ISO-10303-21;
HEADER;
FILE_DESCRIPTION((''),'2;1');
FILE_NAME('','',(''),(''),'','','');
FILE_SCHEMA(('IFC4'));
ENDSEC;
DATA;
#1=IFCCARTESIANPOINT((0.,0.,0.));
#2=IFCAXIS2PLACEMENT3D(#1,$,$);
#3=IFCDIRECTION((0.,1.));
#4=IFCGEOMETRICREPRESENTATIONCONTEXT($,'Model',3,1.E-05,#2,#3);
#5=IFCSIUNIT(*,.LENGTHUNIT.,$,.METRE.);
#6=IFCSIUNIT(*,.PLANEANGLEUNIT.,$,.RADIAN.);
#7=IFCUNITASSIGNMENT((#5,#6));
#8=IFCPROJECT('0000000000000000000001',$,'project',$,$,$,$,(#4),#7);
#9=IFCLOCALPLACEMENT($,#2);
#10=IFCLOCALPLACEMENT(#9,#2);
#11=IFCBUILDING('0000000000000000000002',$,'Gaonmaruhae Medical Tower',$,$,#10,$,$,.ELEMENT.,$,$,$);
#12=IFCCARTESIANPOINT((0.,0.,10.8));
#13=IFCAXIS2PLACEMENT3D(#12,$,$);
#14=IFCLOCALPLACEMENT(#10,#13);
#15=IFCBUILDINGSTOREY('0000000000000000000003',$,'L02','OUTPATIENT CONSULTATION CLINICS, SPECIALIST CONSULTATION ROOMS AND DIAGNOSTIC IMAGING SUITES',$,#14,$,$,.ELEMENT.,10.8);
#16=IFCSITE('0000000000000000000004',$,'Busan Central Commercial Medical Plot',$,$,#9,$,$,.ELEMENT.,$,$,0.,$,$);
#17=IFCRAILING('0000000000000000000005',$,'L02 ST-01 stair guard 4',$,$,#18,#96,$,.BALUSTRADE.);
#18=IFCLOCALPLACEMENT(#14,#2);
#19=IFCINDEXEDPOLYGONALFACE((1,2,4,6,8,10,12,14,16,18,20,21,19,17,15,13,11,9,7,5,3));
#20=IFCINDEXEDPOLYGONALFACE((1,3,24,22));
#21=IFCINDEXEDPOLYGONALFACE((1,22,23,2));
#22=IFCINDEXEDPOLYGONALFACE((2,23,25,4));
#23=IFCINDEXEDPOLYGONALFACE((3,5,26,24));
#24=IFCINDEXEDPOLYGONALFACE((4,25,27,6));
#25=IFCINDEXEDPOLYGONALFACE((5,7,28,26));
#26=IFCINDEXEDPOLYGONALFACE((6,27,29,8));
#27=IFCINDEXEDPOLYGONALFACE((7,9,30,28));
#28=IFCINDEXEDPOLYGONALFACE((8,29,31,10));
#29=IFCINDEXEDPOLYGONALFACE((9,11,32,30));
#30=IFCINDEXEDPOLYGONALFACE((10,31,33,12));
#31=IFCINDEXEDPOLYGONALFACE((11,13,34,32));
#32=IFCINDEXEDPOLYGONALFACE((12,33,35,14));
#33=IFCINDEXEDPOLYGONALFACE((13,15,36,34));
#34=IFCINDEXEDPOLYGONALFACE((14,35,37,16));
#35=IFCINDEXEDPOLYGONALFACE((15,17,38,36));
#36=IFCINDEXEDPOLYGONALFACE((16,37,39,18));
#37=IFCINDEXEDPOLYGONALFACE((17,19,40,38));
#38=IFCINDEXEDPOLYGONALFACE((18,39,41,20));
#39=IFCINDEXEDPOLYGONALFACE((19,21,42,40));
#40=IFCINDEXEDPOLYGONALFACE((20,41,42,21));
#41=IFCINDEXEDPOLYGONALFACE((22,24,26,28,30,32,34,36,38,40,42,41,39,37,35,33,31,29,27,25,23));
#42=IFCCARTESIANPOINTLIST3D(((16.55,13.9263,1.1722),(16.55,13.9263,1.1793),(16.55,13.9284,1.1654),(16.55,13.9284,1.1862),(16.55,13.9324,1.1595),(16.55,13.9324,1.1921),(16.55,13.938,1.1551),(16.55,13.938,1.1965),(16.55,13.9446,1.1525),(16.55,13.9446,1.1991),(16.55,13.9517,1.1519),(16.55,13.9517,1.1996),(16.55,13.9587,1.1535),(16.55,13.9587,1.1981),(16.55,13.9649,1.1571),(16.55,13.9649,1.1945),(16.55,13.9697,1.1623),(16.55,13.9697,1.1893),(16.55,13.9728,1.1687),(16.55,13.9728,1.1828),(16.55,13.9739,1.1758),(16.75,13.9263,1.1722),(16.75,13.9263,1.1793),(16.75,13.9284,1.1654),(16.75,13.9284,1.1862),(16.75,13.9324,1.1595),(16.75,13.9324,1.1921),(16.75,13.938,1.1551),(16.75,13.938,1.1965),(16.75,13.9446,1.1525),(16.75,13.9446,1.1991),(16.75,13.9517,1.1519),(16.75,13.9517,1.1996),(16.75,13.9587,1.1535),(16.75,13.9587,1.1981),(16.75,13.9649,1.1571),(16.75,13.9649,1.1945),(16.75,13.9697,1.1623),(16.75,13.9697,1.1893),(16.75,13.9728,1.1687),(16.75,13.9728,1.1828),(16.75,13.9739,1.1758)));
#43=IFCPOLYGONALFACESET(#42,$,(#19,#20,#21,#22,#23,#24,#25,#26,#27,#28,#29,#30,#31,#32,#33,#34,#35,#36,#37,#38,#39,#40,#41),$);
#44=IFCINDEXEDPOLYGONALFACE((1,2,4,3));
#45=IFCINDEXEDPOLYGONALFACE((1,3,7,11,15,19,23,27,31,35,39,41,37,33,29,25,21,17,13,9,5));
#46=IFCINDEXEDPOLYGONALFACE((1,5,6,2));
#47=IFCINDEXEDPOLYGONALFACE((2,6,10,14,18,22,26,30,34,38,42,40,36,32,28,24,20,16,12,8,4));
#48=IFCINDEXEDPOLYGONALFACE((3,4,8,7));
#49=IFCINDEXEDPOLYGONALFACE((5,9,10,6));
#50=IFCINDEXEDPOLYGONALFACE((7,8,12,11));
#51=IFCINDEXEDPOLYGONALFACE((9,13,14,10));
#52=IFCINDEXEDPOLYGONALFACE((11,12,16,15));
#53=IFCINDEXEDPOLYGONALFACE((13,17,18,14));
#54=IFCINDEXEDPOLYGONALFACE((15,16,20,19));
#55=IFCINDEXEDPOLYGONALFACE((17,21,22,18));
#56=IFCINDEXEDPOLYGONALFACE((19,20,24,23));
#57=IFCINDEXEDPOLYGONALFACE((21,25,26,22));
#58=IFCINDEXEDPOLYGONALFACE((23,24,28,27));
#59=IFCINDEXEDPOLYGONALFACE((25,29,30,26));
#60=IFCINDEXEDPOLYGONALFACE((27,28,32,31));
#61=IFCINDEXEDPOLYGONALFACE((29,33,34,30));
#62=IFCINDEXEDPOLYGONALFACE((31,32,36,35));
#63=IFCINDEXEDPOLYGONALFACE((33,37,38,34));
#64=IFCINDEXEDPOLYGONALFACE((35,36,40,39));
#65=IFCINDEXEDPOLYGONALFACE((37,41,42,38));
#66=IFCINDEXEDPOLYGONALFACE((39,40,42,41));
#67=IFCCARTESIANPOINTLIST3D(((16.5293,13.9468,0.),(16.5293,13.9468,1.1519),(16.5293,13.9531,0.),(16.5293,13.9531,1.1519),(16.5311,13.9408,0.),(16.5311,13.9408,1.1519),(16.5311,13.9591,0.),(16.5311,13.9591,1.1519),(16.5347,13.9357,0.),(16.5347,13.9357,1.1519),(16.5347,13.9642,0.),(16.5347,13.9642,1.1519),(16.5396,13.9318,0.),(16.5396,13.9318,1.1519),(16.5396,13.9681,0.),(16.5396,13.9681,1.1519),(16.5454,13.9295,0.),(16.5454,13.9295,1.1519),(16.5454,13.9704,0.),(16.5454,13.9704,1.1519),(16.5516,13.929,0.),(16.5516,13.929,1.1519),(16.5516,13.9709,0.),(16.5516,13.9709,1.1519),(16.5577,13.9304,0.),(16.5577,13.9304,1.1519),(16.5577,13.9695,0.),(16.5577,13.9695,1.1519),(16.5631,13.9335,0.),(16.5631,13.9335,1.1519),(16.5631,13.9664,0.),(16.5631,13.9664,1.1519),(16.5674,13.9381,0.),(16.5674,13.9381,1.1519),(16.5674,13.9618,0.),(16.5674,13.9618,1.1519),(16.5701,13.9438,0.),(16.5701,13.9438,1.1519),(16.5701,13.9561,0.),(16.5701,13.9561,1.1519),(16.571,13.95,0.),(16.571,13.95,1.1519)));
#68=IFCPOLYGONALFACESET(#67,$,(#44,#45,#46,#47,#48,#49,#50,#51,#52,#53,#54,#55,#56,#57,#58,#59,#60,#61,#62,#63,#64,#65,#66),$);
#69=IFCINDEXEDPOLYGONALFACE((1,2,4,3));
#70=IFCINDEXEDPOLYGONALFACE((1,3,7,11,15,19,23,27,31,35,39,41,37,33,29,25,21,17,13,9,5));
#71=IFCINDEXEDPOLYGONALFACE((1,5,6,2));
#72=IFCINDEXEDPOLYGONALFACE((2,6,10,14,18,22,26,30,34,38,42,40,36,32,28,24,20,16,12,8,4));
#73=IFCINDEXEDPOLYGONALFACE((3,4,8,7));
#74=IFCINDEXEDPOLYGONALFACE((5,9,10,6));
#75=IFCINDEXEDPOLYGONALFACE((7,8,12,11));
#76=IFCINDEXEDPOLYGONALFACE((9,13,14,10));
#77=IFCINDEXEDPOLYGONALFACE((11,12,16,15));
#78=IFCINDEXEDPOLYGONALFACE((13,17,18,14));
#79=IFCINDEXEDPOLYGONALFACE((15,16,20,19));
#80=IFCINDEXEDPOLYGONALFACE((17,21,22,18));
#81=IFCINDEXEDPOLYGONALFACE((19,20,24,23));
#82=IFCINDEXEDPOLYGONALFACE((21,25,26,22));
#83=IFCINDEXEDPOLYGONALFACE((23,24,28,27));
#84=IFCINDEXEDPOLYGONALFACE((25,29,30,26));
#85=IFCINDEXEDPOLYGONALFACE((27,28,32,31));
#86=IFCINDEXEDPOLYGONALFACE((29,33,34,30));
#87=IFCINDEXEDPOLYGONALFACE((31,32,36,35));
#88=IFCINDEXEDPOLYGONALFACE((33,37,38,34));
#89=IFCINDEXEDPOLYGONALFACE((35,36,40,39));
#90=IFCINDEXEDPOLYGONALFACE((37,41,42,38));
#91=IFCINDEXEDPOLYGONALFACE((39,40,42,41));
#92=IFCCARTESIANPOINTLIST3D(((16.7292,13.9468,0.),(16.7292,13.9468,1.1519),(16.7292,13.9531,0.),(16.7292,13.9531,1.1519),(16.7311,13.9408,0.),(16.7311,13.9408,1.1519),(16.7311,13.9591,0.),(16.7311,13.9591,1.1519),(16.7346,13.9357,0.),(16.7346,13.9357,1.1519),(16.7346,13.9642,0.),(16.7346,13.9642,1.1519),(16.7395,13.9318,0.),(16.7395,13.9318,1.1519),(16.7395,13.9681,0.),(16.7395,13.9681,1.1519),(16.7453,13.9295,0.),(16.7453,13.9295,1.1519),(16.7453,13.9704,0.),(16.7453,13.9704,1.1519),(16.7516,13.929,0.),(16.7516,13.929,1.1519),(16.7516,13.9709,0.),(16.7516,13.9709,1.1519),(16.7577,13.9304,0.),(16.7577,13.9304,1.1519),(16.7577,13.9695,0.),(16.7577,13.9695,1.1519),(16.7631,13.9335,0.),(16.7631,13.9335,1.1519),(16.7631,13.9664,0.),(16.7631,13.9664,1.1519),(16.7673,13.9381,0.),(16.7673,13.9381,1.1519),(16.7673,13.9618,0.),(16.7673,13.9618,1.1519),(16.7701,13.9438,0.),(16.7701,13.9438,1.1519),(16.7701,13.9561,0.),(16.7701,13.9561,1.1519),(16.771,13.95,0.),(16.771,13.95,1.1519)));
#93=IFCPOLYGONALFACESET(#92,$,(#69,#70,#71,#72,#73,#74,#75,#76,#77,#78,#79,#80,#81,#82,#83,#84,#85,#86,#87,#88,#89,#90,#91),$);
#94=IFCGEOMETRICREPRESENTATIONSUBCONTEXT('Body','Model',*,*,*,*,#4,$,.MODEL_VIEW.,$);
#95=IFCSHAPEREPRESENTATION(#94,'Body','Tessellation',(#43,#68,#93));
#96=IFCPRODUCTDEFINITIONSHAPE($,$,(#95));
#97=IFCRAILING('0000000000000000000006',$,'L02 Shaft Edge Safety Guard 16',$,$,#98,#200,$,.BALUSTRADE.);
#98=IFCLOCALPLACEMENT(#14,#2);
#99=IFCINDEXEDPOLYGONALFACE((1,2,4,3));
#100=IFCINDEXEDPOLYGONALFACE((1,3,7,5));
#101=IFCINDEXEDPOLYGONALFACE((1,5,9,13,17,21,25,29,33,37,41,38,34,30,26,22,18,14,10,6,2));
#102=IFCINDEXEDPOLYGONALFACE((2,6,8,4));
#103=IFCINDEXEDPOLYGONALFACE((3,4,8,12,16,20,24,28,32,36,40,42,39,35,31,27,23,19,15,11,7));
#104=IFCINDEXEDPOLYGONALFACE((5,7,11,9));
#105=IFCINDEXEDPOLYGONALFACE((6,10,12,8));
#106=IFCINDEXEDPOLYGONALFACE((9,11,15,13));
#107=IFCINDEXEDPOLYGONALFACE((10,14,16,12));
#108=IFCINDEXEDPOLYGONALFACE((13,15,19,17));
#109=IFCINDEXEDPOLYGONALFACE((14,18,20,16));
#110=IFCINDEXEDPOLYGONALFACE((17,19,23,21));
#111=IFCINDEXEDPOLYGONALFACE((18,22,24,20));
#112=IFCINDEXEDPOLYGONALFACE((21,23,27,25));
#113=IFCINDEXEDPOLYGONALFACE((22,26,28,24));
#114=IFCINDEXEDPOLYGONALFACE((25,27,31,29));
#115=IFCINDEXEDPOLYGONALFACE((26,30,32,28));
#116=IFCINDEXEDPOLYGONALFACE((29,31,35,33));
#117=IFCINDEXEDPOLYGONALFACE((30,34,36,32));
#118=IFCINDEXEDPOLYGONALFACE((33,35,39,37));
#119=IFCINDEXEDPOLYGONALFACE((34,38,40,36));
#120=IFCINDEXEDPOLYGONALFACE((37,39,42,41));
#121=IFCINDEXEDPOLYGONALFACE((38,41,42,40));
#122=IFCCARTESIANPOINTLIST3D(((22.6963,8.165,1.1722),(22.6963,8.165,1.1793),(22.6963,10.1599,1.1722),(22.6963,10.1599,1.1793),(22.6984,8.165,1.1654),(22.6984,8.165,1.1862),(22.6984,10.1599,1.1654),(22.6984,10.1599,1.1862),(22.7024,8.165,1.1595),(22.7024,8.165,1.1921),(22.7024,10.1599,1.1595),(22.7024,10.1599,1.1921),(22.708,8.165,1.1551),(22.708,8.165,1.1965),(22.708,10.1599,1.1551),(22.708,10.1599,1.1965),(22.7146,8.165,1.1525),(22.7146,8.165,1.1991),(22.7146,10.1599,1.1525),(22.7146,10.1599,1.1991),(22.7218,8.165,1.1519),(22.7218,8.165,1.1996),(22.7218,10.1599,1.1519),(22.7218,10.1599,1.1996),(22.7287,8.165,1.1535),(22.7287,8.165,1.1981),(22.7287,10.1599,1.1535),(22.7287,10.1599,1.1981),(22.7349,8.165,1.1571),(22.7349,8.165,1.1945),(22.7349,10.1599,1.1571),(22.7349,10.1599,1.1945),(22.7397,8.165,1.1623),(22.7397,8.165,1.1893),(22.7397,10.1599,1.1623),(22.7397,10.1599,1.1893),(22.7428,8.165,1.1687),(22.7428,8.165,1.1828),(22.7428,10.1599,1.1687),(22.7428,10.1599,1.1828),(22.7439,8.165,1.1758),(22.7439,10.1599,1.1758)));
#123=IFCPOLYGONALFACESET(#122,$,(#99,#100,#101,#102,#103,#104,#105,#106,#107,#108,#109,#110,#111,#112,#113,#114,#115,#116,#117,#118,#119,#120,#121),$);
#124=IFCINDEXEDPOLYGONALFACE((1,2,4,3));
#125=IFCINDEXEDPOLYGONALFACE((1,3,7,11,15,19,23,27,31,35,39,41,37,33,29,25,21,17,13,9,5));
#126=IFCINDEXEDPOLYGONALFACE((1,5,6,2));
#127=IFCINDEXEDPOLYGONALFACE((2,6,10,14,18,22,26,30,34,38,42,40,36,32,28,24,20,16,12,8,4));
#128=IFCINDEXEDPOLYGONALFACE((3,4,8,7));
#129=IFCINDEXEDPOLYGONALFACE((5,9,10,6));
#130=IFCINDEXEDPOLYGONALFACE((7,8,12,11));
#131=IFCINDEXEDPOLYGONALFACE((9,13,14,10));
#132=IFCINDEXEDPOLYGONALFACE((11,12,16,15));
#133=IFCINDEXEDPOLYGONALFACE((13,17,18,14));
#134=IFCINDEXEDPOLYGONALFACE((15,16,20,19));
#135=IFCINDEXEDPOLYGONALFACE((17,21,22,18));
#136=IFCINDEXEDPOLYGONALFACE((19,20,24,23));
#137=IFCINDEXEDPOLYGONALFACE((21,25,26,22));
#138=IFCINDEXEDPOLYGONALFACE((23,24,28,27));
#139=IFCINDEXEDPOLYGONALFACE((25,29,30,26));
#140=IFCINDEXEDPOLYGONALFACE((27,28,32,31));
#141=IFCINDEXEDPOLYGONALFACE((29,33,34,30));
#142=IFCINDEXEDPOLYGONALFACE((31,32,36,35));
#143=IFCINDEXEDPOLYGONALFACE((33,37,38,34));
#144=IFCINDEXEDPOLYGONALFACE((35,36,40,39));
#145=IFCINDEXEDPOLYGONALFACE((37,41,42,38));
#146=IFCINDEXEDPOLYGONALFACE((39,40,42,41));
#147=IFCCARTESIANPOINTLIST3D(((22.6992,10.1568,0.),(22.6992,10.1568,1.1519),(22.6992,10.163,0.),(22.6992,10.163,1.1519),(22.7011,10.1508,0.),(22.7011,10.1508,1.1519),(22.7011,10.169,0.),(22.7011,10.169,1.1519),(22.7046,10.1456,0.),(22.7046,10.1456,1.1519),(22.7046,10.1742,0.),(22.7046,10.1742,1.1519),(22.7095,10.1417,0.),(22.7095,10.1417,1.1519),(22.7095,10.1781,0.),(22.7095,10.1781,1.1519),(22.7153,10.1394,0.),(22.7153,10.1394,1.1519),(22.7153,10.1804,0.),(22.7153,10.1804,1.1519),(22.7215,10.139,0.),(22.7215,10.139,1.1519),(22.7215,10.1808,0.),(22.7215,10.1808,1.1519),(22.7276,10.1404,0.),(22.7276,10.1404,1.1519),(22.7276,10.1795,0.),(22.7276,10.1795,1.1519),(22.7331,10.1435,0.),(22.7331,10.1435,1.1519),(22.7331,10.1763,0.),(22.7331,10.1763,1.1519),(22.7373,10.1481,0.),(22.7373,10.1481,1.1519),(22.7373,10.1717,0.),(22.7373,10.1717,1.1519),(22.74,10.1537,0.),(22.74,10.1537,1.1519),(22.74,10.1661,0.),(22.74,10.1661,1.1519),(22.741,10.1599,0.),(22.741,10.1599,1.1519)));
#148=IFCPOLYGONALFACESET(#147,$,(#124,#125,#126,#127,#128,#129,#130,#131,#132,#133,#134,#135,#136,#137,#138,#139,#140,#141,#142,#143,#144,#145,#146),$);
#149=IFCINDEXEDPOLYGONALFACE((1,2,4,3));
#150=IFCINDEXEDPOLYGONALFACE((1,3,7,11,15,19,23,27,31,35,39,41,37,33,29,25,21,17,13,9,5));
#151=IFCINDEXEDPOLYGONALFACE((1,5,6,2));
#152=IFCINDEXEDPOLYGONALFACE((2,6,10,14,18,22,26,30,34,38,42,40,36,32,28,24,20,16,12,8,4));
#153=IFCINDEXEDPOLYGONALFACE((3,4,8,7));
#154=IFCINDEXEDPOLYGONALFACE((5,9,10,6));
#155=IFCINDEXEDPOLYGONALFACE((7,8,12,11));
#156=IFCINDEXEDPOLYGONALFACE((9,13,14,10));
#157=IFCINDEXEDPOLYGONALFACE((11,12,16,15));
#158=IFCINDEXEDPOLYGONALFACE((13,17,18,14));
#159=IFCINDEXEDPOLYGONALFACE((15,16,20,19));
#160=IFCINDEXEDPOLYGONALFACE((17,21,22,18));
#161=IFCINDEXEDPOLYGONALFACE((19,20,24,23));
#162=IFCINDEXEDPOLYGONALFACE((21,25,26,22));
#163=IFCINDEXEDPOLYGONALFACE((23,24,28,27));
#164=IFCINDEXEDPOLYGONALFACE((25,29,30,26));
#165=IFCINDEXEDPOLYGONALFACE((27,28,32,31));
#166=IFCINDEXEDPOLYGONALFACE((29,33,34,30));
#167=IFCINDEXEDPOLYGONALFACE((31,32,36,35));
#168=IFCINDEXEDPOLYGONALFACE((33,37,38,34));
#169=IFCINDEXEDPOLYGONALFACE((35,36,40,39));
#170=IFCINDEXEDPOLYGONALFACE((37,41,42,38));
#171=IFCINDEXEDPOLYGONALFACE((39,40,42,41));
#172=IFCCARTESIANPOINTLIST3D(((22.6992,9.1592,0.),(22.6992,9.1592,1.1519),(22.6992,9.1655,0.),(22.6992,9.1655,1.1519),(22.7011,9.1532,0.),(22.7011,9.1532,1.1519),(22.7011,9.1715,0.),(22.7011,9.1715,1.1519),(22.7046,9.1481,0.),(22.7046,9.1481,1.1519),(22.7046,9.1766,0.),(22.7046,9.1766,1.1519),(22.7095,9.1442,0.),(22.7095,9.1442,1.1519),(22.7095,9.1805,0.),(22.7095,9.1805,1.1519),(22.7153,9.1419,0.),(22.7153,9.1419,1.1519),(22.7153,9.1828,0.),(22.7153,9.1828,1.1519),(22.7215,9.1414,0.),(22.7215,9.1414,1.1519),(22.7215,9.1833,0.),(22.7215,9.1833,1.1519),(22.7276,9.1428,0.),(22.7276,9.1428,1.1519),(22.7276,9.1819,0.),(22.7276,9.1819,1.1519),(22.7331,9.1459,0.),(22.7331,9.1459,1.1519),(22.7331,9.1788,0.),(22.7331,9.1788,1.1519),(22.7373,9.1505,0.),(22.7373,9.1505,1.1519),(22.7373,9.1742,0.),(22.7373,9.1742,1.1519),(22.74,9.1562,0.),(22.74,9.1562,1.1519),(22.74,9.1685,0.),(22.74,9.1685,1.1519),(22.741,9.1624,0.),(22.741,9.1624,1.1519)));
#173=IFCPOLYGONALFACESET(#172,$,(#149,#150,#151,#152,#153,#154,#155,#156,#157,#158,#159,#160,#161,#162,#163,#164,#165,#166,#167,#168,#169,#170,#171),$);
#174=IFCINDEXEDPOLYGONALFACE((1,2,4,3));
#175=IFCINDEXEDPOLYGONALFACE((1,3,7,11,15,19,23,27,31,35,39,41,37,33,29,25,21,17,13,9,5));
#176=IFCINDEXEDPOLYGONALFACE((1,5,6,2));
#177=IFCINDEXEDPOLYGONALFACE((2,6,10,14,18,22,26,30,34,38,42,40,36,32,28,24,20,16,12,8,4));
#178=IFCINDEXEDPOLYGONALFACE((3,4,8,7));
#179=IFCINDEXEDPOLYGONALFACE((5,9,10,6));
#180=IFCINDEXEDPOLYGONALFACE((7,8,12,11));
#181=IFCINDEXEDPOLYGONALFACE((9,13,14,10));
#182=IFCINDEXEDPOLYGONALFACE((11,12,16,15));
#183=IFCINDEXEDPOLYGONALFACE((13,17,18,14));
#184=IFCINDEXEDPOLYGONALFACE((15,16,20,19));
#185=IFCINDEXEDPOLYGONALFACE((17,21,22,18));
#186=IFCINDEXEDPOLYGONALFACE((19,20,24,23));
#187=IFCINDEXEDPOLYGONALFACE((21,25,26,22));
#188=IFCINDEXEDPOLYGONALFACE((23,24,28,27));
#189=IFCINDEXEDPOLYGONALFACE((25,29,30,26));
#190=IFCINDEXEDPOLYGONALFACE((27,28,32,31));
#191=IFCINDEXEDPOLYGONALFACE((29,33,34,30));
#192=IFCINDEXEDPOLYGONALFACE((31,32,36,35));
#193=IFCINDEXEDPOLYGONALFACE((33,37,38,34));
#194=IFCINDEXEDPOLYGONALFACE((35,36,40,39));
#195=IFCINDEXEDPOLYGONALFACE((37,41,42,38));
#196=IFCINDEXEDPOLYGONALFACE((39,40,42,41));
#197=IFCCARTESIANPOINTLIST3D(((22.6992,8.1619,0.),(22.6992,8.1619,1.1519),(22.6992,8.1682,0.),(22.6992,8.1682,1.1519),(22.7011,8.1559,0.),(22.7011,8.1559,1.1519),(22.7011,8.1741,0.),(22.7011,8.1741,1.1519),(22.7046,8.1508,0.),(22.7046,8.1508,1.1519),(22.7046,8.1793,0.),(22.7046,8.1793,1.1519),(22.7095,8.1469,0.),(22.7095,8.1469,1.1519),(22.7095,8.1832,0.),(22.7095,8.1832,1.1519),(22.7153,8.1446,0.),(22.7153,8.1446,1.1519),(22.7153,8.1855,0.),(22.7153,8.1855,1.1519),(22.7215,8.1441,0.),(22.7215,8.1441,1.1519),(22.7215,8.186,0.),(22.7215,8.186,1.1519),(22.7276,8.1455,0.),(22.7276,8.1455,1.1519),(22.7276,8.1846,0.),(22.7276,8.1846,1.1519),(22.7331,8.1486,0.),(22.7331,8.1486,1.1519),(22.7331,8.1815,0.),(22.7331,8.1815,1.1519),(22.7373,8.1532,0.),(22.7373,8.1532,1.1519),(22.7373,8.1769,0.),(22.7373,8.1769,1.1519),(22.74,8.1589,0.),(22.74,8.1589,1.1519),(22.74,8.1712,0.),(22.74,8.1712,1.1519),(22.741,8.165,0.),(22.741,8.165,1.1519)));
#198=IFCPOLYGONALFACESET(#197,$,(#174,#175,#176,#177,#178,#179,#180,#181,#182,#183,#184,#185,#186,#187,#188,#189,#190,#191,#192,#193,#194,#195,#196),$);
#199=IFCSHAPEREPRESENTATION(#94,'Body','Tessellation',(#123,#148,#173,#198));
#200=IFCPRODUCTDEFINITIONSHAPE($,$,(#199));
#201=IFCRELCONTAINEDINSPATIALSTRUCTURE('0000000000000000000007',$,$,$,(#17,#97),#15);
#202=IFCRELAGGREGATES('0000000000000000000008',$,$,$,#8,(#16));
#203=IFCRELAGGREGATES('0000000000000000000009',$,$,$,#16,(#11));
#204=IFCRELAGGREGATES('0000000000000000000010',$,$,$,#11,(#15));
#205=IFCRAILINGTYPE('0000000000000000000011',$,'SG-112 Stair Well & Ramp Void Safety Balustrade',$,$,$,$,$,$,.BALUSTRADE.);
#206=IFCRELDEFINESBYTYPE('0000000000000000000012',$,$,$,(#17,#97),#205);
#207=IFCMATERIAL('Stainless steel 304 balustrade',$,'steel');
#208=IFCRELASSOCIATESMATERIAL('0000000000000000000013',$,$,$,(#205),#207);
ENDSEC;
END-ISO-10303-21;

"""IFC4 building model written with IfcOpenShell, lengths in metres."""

from ifc_helpers import new_model, si_unit, direction, frame, origin, origin_2d, place, context, subcontext, project, spatial, circle, extrude, material, type_object, element, save


model = new_model("IFC4")

# Units and contexts
model_context = context("Model", 3, precision=1e-05, world=origin(), true_north=direction((0.0, 1.0)))
body_context = subcontext(model_context, "Body", "Model", "MODEL_VIEW")
ifc_project = project(units=[si_unit("LENGTHUNIT", "METRE"), si_unit("PLANEANGLEUNIT", "RADIAN")], contexts=[model_context])

# Site, building, storey
site_placement = place(None, origin())
site = spatial("IfcSite", under=ifc_project, at=site_placement, Name="Busan Central Commercial Medical Plot", CompositionType="ELEMENT", RefElevation=0.0)
building_placement = place(site_placement, origin())
building = spatial("IfcBuilding", under=site, at=building_placement, Name="Gaonmaruhae Medical Tower", CompositionType="ELEMENT")
storey_placement = place(building_placement, frame((0.0, 0.0, 10.8)))
storey = spatial("IfcBuildingStorey", under=building, at=storey_placement, Name="L02", Description="OUTPATIENT CONSULTATION CLINICS, SPECIALIST CONSULTATION ROOMS AND DIAGNOSTIC IMAGING SUITES", CompositionType="ELEMENT", Elevation=10.8)

# Railings
ifc_material_1 = material(Name="Stainless steel 304 balustrade", Category="steel")
railing_type_1 = type_object("IfcRailingType", Name="SG-112 Stair Well & Ramp Void Safety Balustrade", PredefinedType="BALUSTRADE", material=ifc_material_1)
railing_1_placement = place(storey_placement, frame((16.55, 13.95, 0.0)))
element("IfcRailing", 1, at=railing_1_placement, inside=storey, type_object=railing_type_1, Name="L02 ST-01 stair guard 4", PredefinedType="BALUSTRADE", context=body_context, shape_type="SweptSolid", body=[
    extrude(circle(Radius=0.0239, at=origin_2d()), frame((0.0, 0.0, 1.1758), z_axis=(1.0, 0.0, 0.0), x_axis=(0.0, 1.0, 0.0)), (0.0, 0.0, 1.0), 0.2),
    extrude(circle(Radius=0.021, at=origin_2d()), origin(), (0.0, 0.0, 1.0), 1.1519),
    extrude(circle(Radius=0.021, at=origin_2d()), frame((0.2, 0.0, 0.0)), (0.0, 0.0, 1.0), 1.1519),
])
railing_2_placement = place(storey_placement, frame((22.72, 10.1599, 0.0)))
element("IfcRailing", 2, at=railing_2_placement, inside=storey, type_object=railing_type_1, Name="L02 Shaft Edge Safety Guard 16", PredefinedType="BALUSTRADE", context=body_context, shape_type="SweptSolid", body=[
    extrude(circle(Radius=0.0239, at=origin_2d()), frame((0.0, 0.0, 1.1758), z_axis=(0.0, -1.0, 0.0), x_axis=(1.0, 0.0, 0.0)), (0.0, 0.0, 1.0), 1.9949),
    extrude(circle(Radius=0.021, at=origin_2d()), origin(), (0.0, 0.0, 1.0), 1.1519),
    extrude(circle(Radius=0.021, at=origin_2d()), frame((0.0, -0.9976, 0.0)), (0.0, 0.0, 1.0), 1.1519),
    extrude(circle(Radius=0.021, at=origin_2d()), frame((0.0, -1.9949, 0.0)), (0.0, 0.0, 1.0), 1.1519),
])

save(model, "model.ifc")
